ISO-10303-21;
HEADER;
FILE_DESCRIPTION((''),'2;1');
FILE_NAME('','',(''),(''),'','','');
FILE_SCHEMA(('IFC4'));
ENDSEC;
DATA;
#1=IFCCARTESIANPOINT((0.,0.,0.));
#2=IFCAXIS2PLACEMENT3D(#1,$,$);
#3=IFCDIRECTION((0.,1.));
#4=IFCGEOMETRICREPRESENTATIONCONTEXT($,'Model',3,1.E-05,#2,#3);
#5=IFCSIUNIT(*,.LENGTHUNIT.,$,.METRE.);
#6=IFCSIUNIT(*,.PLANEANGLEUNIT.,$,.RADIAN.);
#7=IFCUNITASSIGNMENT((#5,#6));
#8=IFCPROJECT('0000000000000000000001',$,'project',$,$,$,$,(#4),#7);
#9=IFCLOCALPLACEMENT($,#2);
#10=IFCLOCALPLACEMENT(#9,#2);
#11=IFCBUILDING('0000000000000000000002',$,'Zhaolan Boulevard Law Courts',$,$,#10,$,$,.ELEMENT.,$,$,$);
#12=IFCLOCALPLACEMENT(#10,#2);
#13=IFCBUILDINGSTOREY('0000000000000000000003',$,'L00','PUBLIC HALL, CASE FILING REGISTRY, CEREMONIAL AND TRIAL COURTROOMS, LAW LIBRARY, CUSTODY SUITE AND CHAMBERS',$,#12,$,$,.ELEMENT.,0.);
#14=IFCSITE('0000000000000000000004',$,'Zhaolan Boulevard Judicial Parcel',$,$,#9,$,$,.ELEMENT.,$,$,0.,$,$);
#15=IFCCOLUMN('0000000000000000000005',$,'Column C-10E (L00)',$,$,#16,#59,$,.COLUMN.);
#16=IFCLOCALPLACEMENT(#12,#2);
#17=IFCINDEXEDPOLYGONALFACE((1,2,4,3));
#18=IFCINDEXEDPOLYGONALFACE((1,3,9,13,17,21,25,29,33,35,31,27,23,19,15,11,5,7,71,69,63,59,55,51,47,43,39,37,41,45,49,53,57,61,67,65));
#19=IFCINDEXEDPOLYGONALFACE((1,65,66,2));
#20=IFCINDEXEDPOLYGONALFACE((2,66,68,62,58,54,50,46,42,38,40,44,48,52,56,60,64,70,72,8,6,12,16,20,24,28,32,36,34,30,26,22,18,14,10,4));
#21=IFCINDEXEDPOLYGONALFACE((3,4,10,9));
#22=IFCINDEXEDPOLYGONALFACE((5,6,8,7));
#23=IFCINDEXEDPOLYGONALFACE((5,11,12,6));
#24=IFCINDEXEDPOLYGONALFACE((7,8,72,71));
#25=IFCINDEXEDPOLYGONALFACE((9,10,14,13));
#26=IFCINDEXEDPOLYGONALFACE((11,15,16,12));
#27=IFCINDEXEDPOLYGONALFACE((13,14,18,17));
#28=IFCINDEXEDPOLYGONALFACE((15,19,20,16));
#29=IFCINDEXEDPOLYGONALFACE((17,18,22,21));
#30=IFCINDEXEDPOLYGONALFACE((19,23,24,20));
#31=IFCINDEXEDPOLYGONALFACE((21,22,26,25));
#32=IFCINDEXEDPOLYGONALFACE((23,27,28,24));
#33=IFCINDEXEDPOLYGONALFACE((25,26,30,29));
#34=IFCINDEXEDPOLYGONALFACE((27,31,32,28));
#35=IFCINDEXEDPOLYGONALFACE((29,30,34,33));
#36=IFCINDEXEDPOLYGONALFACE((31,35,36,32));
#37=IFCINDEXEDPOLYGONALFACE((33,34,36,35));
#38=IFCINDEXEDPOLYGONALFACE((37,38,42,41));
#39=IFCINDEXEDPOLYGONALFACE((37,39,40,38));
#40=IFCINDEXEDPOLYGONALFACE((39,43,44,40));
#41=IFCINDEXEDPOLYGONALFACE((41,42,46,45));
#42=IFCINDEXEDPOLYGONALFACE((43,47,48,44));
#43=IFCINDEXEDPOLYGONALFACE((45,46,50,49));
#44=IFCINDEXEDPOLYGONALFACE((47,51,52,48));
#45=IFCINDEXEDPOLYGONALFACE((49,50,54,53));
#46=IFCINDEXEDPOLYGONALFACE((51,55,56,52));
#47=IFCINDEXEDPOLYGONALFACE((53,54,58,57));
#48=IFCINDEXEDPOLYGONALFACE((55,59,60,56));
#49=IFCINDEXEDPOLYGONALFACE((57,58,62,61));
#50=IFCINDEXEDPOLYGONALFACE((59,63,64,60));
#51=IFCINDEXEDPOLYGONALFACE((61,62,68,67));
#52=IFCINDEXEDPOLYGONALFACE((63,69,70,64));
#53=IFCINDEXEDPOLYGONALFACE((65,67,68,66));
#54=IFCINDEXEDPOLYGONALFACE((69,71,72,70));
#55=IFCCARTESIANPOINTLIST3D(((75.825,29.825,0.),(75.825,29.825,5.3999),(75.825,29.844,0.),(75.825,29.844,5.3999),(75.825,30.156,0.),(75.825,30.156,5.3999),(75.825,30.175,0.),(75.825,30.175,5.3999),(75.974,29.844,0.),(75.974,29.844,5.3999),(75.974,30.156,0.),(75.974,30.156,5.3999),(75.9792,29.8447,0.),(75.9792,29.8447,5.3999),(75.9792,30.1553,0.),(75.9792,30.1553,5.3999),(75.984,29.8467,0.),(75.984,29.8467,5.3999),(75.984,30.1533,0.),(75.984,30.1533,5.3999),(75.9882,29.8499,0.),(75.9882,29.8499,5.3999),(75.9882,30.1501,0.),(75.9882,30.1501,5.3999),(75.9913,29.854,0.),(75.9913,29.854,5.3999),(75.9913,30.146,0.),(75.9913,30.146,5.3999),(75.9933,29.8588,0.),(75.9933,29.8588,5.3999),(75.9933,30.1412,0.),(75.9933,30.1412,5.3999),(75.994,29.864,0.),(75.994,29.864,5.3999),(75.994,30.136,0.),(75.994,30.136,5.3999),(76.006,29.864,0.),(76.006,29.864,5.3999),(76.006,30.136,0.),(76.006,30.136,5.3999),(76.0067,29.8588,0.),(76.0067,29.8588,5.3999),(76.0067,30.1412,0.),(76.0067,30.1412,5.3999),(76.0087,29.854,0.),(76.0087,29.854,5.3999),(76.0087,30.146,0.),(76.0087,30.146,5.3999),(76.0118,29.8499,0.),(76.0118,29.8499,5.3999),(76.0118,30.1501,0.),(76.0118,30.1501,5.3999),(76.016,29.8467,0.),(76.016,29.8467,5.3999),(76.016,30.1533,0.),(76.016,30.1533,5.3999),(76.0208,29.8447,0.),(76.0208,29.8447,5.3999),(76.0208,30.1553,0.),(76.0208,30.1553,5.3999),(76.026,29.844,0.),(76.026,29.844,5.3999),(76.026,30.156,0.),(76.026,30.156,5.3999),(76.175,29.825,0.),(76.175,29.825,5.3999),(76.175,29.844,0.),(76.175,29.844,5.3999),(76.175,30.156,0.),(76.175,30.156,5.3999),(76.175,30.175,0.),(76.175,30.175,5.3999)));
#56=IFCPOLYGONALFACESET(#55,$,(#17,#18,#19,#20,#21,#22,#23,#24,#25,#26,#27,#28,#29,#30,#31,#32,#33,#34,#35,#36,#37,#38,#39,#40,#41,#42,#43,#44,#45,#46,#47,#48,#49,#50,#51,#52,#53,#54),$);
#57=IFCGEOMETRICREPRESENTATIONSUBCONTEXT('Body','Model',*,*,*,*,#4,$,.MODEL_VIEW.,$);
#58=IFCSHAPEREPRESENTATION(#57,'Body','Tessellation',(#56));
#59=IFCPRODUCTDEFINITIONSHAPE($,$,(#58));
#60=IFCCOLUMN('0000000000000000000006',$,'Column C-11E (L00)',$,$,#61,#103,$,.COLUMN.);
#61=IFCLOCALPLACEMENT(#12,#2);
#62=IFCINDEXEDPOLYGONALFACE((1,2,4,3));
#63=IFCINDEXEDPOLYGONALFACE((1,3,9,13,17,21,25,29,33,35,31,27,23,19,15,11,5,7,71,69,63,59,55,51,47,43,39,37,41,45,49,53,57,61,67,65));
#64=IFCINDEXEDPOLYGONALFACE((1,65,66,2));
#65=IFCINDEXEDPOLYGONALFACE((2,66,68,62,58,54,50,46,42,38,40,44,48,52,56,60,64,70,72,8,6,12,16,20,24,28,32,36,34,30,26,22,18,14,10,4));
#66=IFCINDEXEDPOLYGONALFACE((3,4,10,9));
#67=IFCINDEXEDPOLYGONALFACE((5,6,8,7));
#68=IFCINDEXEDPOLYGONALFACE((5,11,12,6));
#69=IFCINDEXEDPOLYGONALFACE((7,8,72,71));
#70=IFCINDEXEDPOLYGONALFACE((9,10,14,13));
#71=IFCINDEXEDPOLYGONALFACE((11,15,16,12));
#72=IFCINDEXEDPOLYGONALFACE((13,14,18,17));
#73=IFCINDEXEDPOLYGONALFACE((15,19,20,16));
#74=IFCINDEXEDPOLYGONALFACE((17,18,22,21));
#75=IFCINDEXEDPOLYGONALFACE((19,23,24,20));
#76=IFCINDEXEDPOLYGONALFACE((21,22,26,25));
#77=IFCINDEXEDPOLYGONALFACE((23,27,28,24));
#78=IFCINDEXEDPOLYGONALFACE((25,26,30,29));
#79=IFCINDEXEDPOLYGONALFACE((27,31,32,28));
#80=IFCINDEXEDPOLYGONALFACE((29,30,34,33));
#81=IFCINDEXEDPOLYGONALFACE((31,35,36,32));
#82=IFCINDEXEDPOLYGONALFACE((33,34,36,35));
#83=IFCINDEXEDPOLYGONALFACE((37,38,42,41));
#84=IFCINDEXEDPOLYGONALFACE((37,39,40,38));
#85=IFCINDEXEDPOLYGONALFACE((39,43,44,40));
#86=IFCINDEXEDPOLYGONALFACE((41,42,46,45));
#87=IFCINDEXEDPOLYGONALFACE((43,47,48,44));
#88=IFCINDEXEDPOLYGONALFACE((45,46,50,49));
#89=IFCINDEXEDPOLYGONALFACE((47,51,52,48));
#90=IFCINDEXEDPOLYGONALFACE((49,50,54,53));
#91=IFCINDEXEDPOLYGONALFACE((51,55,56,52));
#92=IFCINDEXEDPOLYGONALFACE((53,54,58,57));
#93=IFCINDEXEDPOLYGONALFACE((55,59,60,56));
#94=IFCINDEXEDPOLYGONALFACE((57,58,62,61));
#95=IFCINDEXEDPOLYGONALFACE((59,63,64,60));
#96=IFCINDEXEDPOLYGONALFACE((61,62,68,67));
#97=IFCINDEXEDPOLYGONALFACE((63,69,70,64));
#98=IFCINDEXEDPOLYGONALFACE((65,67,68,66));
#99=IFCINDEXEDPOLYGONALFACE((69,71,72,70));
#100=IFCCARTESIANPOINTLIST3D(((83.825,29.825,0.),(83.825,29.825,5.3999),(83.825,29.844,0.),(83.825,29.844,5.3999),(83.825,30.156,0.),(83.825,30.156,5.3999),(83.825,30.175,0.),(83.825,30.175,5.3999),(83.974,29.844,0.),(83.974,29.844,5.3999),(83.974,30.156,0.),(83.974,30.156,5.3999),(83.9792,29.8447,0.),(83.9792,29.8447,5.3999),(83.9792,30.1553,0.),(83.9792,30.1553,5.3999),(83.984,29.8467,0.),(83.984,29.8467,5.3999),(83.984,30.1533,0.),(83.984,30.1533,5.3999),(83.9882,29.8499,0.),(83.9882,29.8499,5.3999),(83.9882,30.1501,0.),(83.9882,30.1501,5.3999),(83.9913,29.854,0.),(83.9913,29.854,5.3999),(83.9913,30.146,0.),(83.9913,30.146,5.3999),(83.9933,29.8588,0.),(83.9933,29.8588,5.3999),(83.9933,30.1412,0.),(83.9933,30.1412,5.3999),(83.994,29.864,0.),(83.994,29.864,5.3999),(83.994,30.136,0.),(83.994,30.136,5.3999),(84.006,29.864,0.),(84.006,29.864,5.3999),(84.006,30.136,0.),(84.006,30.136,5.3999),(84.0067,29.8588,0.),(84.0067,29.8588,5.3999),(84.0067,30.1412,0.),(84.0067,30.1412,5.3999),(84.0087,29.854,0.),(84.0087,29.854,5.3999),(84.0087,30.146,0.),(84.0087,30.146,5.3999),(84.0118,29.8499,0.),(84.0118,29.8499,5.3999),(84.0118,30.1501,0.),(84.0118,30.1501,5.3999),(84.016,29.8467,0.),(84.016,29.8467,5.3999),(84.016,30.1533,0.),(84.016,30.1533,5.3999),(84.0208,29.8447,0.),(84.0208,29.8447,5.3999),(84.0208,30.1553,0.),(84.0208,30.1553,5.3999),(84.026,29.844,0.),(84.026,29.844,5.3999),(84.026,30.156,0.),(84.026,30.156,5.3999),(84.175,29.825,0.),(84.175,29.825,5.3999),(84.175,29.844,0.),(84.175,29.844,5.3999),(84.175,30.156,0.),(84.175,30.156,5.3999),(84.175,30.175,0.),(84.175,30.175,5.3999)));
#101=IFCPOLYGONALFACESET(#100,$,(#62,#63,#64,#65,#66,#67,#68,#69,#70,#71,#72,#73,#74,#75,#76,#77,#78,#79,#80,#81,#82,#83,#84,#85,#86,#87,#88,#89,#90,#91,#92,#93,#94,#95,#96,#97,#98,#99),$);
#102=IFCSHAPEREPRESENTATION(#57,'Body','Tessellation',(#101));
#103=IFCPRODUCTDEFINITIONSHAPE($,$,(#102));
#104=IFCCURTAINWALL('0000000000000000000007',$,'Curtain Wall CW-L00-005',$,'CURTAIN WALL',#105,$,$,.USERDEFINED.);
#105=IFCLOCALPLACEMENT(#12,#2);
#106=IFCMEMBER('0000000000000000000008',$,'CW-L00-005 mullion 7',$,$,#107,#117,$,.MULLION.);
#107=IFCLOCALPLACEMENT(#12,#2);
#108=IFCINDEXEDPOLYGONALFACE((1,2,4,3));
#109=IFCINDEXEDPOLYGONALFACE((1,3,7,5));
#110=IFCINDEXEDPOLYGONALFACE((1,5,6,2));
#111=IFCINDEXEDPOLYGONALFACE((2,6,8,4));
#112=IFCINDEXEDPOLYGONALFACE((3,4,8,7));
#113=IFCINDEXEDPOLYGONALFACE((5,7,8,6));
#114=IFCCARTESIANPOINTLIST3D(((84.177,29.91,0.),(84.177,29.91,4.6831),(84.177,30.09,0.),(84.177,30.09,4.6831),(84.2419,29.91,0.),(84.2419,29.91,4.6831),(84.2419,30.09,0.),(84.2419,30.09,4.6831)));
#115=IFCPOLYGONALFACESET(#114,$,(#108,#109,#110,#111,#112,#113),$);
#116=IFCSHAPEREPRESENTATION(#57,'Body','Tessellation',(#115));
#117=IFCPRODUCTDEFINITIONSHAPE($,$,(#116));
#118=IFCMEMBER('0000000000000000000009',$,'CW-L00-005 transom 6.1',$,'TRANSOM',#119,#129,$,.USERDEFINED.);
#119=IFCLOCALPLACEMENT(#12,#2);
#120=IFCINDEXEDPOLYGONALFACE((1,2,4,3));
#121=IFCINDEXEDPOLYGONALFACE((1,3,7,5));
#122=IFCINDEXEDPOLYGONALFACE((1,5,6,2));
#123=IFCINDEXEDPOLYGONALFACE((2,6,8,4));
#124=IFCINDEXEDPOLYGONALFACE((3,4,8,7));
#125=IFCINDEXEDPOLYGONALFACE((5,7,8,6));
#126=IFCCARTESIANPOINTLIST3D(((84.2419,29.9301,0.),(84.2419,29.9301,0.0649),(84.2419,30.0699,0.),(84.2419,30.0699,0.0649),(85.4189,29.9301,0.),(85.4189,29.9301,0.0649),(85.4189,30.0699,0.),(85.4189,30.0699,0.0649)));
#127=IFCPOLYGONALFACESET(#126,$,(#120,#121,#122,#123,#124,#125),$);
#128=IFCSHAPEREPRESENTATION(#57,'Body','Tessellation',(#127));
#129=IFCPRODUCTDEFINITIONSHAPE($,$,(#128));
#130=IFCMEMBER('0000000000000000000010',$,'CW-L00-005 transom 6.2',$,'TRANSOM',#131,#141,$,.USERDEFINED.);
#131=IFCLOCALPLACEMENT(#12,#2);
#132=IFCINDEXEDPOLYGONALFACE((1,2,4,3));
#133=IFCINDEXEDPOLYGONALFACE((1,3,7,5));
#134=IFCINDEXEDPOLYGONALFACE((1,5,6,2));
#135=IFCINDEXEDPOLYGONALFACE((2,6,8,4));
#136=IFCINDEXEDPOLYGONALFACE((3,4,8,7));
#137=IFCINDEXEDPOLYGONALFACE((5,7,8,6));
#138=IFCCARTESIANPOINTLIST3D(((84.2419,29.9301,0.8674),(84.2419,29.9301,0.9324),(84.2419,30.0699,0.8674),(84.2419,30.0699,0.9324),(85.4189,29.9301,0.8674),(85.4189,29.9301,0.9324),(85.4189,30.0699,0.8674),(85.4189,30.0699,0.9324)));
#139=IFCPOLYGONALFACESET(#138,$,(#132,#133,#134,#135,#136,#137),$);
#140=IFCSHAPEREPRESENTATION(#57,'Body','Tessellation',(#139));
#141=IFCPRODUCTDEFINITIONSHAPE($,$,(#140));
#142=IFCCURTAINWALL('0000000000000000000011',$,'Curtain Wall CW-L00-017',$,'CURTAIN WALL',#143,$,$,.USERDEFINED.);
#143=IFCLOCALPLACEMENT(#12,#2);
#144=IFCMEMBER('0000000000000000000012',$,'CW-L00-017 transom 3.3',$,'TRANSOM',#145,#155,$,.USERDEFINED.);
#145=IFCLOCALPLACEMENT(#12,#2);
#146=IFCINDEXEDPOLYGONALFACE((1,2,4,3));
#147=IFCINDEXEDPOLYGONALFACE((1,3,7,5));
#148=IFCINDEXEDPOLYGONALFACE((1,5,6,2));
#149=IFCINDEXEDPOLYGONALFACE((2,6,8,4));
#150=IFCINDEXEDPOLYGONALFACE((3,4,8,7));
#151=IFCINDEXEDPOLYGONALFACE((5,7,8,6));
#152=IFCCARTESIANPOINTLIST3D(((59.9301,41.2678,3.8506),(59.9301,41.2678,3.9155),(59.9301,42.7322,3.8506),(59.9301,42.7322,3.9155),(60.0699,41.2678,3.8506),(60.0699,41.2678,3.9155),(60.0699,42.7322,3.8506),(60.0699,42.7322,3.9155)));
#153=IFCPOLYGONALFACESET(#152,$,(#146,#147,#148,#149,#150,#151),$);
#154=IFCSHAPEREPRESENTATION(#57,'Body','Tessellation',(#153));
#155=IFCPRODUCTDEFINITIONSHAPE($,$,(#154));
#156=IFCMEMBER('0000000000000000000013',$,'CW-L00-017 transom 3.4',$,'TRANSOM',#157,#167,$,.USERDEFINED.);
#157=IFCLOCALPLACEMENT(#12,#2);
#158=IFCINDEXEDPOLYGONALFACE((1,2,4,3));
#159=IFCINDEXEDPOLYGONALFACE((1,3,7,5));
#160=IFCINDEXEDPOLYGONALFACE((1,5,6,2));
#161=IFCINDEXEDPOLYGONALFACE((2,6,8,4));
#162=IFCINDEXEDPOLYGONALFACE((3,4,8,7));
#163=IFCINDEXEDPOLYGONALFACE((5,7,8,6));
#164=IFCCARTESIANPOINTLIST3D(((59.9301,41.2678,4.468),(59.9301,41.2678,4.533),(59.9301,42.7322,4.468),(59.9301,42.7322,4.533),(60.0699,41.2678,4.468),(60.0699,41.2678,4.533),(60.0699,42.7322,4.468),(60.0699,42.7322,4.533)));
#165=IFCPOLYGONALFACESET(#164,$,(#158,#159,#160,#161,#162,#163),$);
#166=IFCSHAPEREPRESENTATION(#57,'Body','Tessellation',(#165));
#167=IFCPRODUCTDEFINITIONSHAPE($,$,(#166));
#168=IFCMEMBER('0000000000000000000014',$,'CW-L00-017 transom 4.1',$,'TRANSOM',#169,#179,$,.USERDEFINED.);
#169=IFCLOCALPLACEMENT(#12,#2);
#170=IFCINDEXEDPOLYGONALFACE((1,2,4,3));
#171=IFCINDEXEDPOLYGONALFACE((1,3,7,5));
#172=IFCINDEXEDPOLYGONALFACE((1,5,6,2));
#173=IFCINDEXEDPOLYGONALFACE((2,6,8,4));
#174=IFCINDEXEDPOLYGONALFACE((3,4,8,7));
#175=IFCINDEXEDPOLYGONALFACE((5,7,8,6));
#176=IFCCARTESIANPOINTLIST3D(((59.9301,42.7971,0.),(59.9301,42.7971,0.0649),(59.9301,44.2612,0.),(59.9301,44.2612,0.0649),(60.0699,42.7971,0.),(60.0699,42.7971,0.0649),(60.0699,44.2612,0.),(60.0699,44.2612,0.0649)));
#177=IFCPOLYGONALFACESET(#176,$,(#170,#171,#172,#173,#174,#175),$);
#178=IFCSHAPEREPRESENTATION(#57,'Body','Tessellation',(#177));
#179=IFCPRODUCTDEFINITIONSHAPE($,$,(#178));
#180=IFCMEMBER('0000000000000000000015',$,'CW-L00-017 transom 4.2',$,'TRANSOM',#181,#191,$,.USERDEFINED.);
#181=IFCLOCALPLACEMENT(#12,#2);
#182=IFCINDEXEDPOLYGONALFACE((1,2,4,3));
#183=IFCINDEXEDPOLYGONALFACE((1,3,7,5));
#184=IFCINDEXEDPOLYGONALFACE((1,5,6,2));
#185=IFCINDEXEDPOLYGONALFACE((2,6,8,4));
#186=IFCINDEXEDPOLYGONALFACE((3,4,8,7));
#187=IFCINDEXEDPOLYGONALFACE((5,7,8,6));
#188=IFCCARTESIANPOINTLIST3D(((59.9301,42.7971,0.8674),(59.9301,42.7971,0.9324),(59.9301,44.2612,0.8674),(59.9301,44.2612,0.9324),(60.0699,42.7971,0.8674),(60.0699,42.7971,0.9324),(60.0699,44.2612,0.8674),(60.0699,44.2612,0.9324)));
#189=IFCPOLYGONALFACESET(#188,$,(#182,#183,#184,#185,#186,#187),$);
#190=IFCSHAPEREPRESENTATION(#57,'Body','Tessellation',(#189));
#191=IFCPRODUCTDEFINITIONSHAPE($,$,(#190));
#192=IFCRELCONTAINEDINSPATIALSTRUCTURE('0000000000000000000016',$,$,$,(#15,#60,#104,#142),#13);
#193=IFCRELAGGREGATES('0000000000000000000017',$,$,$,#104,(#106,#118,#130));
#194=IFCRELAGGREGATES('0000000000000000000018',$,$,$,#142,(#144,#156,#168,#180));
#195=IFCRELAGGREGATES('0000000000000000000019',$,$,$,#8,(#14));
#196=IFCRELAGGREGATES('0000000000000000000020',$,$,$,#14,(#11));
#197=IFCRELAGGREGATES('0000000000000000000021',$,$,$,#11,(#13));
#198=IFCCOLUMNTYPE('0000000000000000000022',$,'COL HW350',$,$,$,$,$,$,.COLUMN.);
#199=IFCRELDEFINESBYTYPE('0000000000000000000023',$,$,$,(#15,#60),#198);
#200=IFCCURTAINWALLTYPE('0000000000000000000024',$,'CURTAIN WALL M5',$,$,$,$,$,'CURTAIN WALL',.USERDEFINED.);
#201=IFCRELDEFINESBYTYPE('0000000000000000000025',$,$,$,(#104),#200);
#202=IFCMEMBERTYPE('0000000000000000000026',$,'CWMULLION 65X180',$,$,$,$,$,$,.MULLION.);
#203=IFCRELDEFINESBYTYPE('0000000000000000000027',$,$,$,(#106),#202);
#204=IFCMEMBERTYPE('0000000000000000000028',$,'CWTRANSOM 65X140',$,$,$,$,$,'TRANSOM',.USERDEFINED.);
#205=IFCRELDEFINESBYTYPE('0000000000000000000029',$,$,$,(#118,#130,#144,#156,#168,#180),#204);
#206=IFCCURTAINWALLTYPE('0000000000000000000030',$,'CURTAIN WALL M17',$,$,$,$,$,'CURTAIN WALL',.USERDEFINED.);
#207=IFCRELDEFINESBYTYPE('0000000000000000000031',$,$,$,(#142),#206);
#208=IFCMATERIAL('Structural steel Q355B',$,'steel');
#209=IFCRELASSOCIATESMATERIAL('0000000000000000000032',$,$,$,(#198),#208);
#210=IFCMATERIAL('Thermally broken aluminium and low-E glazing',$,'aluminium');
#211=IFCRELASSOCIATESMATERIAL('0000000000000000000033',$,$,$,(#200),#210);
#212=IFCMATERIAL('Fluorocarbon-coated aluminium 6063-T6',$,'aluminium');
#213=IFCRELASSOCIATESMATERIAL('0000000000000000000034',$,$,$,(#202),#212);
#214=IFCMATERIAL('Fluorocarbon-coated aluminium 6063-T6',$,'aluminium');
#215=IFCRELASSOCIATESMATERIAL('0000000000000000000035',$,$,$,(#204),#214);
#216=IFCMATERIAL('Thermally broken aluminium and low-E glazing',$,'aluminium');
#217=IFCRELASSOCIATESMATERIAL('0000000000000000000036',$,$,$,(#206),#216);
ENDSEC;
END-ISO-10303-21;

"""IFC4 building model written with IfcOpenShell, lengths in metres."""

from ifc_helpers import new_model, si_unit, direction, frame, origin, origin_2d, place, context, subcontext, project, spatial, rectangle, i_section, extrude, material, material_profile, profile_set, type_object, element, aggregate, save


model = new_model("IFC4")

# Units and contexts
model_context = context("Model", 3, precision=1e-05, world=origin(), true_north=direction((0.0, 1.0)))
body_context = subcontext(model_context, "Body", "Model", "MODEL_VIEW")
ifc_project = project(units=[si_unit("LENGTHUNIT", "METRE"), si_unit("PLANEANGLEUNIT", "RADIAN")], contexts=[model_context])

# Site, building, storey
site_placement = place(None, origin())
site = spatial("IfcSite", under=ifc_project, at=site_placement, Name="Zhaolan Boulevard Judicial Parcel", CompositionType="ELEMENT", RefElevation=0.0)
building_placement = place(site_placement, origin())
building = spatial("IfcBuilding", under=site, at=building_placement, Name="Zhaolan Boulevard Law Courts", CompositionType="ELEMENT")
storey_placement = place(building_placement, origin())
storey = spatial("IfcBuildingStorey", under=building, at=storey_placement, Name="L00", Description="PUBLIC HALL, CASE FILING REGISTRY, CEREMONIAL AND TRIAL COURTROOMS, LAW LIBRARY, CUSTODY SUITE AND CHAMBERS", CompositionType="ELEMENT", Elevation=0.0)

# Columns
ifc_material_1 = material(Name="Structural steel Q355B", Category="steel")
ifc_material_profile_1 = material_profile(ifc_material_1, i_section(OverallWidth=0.3501, OverallDepth=0.3501, WebThickness=0.012, FlangeThickness=0.019, FilletRadius=0.02, at=origin_2d()), Name="HW350x350")
ifc_profile_set_1 = profile_set([ifc_material_profile_1], Name="Structural steel Q355B")
column_type = type_object("IfcColumnType", Name="COL HW350", PredefinedType="COLUMN", material=ifc_profile_set_1)
for number, where, z_axis, x_axis, name in (
    (1, (76.0, 30.0, 0.0), (0.0, 0.0, 1.0), (1.0, 0.0, 0.0), "Column C-10E (L00)"),
    (2, (84.0, 30.0, 0.0), (0.0, 0.0, 1.0), (1.0, 0.0, 0.0), "Column C-11E (L00)"),
):
    element("IfcColumn", number, at=place(storey_placement, frame(where, z_axis=z_axis, x_axis=x_axis)), inside=storey, type_object=column_type, Name=name, PredefinedType="COLUMN", context=body_context, shape_type="SweptSolid", body=[
        extrude(i_section(OverallWidth=0.3501, OverallDepth=0.3501, WebThickness=0.012, FlangeThickness=0.019, FilletRadius=0.02, at=origin_2d()), origin(), (0.0, 0.0, 1.0), 5.3999),
    ])

# Curtain walls, members
ifc_material_2 = material(Name="Thermally broken aluminium and low-E glazing", Category="aluminium")
curtain_wall_type_1 = type_object("IfcCurtainWallType", Name="CURTAIN WALL M5", ElementType="CURTAIN WALL", PredefinedType="USERDEFINED", material=ifc_material_2)
curtain_wall_1_placement = place(storey_placement, origin())
curtain_wall_1 = element("IfcCurtainWall", 3, at=curtain_wall_1_placement, inside=storey, type_object=curtain_wall_type_1, Name="Curtain Wall CW-L00-005", ObjectType="CURTAIN WALL", PredefinedType="USERDEFINED")
ifc_material_3 = material(Name="Fluorocarbon-coated aluminium 6063-T6", Category="aluminium")
ifc_material_profile_2 = material_profile(ifc_material_3, rectangle(XDim=0.1799, YDim=0.0649, at=origin_2d()), Name="AL65x180")
ifc_profile_set_2 = profile_set([ifc_material_profile_2], Name="Fluorocarbon-coated aluminium 6063-T6")
member_type_1 = type_object("IfcMemberType", Name="CWMULLION 65X180", PredefinedType="MULLION", material=ifc_profile_set_2)
member_1_placement = place(storey_placement, frame((84.2095, 30.0, 0.0), z_axis=(0.0, 0.0, 1.0), x_axis=(0.0, -1.0, 0.0)))
member_1 = element("IfcMember", 4, at=member_1_placement, type_object=member_type_1, Name="CW-L00-005 mullion 7", PredefinedType="MULLION", context=body_context, shape_type="SweptSolid", body=[
    extrude(rectangle(XDim=0.1799, YDim=0.0649, at=origin_2d()), origin(), (0.0, 0.0, 1.0), 4.6831),
])
ifc_material_4 = material(Name="Fluorocarbon-coated aluminium 6063-T6", Category="aluminium")
ifc_material_profile_3 = material_profile(ifc_material_4, rectangle(XDim=0.1399, YDim=0.0649, at=origin_2d()), Name="AL65x140")
ifc_profile_set_3 = profile_set([ifc_material_profile_3], Name="Fluorocarbon-coated aluminium 6063-T6")
member_type_2 = type_object("IfcMemberType", Name="CWTRANSOM 65X140", ElementType="TRANSOM", PredefinedType="USERDEFINED", material=ifc_profile_set_3)
member_2_placement = place(storey_placement, frame((85.4189, 30.0, 0.0325), z_axis=(-1.0, 0.0, 0.0), x_axis=(0.0, -1.0, 0.0)))
member_2 = element("IfcMember", 5, at=member_2_placement, type_object=member_type_2, Name="CW-L00-005 transom 6.1", ObjectType="TRANSOM", PredefinedType="USERDEFINED", context=body_context, shape_type="SweptSolid", body=[
    extrude(rectangle(XDim=0.1399, YDim=0.0649, at=origin_2d()), origin(), (0.0, 0.0, 1.0), 1.177),
])
member_3_placement = place(storey_placement, frame((85.4189, 30.0, 0.8999), z_axis=(-1.0, 0.0, 0.0), x_axis=(0.0, -1.0, 0.0)))
member_3 = element("IfcMember", 6, at=member_3_placement, type_object=member_type_2, Name="CW-L00-005 transom 6.2", ObjectType="TRANSOM", PredefinedType="USERDEFINED", context=body_context, shape_type="SweptSolid", body=[
    extrude(rectangle(XDim=0.1399, YDim=0.0649, at=origin_2d()), origin(), (0.0, 0.0, 1.0), 1.177),
])
ifc_material_5 = material(Name="Thermally broken aluminium and low-E glazing", Category="aluminium")
curtain_wall_type_2 = type_object("IfcCurtainWallType", Name="CURTAIN WALL M17", ElementType="CURTAIN WALL", PredefinedType="USERDEFINED", material=ifc_material_5)
curtain_wall_2_placement = place(storey_placement, origin())
curtain_wall_2 = element("IfcCurtainWall", 7, at=curtain_wall_2_placement, inside=storey, type_object=curtain_wall_type_2, Name="Curtain Wall CW-L00-017", ObjectType="CURTAIN WALL", PredefinedType="USERDEFINED")
member_4_placement = place(storey_placement, frame((60.0, 41.2678, 3.8831), z_axis=(0.0, 1.0, 0.0), x_axis=(-1.0, 0.0, 0.0)))
member_4 = element("IfcMember", 8, at=member_4_placement, type_object=member_type_2, Name="CW-L00-017 transom 3.3", ObjectType="TRANSOM", PredefinedType="USERDEFINED", context=body_context, shape_type="SweptSolid", body=[
    extrude(rectangle(XDim=0.1399, YDim=0.0649, at=origin_2d()), origin(), (0.0, 0.0, 1.0), 1.4644),
])
member_5_placement = place(storey_placement, frame((60.0, 41.2678, 4.5005), z_axis=(0.0, 1.0, 0.0), x_axis=(-1.0, 0.0, 0.0)))
member_5 = element("IfcMember", 9, at=member_5_placement, type_object=member_type_2, Name="CW-L00-017 transom 3.4", ObjectType="TRANSOM", PredefinedType="USERDEFINED", context=body_context, shape_type="SweptSolid", body=[
    extrude(rectangle(XDim=0.1399, YDim=0.0649, at=origin_2d()), origin(), (0.0, 0.0, 1.0), 1.4644),
])
member_6_placement = place(storey_placement, frame((60.0, 42.7971, 0.0325), z_axis=(0.0, 1.0, 0.0), x_axis=(-1.0, 0.0, 0.0)))
member_6 = element("IfcMember", 10, at=member_6_placement, type_object=member_type_2, Name="CW-L00-017 transom 4.1", ObjectType="TRANSOM", PredefinedType="USERDEFINED", context=body_context, shape_type="SweptSolid", body=[
    extrude(rectangle(XDim=0.1399, YDim=0.0649, at=origin_2d()), origin(), (0.0, 0.0, 1.0), 1.4641),
])
member_7_placement = place(storey_placement, frame((60.0, 42.7971, 0.8999), z_axis=(0.0, 1.0, 0.0), x_axis=(-1.0, 0.0, 0.0)))
member_7 = element("IfcMember", 11, at=member_7_placement, type_object=member_type_2, Name="CW-L00-017 transom 4.2", ObjectType="TRANSOM", PredefinedType="USERDEFINED", context=body_context, shape_type="SweptSolid", body=[
    extrude(rectangle(XDim=0.1399, YDim=0.0649, at=origin_2d()), origin(), (0.0, 0.0, 1.0), 1.4641),
])

aggregate(curtain_wall_1, [member_1, member_2, member_3])
aggregate(curtain_wall_2, [member_4, member_5, member_6, member_7])

save(model, "model.ifc")
